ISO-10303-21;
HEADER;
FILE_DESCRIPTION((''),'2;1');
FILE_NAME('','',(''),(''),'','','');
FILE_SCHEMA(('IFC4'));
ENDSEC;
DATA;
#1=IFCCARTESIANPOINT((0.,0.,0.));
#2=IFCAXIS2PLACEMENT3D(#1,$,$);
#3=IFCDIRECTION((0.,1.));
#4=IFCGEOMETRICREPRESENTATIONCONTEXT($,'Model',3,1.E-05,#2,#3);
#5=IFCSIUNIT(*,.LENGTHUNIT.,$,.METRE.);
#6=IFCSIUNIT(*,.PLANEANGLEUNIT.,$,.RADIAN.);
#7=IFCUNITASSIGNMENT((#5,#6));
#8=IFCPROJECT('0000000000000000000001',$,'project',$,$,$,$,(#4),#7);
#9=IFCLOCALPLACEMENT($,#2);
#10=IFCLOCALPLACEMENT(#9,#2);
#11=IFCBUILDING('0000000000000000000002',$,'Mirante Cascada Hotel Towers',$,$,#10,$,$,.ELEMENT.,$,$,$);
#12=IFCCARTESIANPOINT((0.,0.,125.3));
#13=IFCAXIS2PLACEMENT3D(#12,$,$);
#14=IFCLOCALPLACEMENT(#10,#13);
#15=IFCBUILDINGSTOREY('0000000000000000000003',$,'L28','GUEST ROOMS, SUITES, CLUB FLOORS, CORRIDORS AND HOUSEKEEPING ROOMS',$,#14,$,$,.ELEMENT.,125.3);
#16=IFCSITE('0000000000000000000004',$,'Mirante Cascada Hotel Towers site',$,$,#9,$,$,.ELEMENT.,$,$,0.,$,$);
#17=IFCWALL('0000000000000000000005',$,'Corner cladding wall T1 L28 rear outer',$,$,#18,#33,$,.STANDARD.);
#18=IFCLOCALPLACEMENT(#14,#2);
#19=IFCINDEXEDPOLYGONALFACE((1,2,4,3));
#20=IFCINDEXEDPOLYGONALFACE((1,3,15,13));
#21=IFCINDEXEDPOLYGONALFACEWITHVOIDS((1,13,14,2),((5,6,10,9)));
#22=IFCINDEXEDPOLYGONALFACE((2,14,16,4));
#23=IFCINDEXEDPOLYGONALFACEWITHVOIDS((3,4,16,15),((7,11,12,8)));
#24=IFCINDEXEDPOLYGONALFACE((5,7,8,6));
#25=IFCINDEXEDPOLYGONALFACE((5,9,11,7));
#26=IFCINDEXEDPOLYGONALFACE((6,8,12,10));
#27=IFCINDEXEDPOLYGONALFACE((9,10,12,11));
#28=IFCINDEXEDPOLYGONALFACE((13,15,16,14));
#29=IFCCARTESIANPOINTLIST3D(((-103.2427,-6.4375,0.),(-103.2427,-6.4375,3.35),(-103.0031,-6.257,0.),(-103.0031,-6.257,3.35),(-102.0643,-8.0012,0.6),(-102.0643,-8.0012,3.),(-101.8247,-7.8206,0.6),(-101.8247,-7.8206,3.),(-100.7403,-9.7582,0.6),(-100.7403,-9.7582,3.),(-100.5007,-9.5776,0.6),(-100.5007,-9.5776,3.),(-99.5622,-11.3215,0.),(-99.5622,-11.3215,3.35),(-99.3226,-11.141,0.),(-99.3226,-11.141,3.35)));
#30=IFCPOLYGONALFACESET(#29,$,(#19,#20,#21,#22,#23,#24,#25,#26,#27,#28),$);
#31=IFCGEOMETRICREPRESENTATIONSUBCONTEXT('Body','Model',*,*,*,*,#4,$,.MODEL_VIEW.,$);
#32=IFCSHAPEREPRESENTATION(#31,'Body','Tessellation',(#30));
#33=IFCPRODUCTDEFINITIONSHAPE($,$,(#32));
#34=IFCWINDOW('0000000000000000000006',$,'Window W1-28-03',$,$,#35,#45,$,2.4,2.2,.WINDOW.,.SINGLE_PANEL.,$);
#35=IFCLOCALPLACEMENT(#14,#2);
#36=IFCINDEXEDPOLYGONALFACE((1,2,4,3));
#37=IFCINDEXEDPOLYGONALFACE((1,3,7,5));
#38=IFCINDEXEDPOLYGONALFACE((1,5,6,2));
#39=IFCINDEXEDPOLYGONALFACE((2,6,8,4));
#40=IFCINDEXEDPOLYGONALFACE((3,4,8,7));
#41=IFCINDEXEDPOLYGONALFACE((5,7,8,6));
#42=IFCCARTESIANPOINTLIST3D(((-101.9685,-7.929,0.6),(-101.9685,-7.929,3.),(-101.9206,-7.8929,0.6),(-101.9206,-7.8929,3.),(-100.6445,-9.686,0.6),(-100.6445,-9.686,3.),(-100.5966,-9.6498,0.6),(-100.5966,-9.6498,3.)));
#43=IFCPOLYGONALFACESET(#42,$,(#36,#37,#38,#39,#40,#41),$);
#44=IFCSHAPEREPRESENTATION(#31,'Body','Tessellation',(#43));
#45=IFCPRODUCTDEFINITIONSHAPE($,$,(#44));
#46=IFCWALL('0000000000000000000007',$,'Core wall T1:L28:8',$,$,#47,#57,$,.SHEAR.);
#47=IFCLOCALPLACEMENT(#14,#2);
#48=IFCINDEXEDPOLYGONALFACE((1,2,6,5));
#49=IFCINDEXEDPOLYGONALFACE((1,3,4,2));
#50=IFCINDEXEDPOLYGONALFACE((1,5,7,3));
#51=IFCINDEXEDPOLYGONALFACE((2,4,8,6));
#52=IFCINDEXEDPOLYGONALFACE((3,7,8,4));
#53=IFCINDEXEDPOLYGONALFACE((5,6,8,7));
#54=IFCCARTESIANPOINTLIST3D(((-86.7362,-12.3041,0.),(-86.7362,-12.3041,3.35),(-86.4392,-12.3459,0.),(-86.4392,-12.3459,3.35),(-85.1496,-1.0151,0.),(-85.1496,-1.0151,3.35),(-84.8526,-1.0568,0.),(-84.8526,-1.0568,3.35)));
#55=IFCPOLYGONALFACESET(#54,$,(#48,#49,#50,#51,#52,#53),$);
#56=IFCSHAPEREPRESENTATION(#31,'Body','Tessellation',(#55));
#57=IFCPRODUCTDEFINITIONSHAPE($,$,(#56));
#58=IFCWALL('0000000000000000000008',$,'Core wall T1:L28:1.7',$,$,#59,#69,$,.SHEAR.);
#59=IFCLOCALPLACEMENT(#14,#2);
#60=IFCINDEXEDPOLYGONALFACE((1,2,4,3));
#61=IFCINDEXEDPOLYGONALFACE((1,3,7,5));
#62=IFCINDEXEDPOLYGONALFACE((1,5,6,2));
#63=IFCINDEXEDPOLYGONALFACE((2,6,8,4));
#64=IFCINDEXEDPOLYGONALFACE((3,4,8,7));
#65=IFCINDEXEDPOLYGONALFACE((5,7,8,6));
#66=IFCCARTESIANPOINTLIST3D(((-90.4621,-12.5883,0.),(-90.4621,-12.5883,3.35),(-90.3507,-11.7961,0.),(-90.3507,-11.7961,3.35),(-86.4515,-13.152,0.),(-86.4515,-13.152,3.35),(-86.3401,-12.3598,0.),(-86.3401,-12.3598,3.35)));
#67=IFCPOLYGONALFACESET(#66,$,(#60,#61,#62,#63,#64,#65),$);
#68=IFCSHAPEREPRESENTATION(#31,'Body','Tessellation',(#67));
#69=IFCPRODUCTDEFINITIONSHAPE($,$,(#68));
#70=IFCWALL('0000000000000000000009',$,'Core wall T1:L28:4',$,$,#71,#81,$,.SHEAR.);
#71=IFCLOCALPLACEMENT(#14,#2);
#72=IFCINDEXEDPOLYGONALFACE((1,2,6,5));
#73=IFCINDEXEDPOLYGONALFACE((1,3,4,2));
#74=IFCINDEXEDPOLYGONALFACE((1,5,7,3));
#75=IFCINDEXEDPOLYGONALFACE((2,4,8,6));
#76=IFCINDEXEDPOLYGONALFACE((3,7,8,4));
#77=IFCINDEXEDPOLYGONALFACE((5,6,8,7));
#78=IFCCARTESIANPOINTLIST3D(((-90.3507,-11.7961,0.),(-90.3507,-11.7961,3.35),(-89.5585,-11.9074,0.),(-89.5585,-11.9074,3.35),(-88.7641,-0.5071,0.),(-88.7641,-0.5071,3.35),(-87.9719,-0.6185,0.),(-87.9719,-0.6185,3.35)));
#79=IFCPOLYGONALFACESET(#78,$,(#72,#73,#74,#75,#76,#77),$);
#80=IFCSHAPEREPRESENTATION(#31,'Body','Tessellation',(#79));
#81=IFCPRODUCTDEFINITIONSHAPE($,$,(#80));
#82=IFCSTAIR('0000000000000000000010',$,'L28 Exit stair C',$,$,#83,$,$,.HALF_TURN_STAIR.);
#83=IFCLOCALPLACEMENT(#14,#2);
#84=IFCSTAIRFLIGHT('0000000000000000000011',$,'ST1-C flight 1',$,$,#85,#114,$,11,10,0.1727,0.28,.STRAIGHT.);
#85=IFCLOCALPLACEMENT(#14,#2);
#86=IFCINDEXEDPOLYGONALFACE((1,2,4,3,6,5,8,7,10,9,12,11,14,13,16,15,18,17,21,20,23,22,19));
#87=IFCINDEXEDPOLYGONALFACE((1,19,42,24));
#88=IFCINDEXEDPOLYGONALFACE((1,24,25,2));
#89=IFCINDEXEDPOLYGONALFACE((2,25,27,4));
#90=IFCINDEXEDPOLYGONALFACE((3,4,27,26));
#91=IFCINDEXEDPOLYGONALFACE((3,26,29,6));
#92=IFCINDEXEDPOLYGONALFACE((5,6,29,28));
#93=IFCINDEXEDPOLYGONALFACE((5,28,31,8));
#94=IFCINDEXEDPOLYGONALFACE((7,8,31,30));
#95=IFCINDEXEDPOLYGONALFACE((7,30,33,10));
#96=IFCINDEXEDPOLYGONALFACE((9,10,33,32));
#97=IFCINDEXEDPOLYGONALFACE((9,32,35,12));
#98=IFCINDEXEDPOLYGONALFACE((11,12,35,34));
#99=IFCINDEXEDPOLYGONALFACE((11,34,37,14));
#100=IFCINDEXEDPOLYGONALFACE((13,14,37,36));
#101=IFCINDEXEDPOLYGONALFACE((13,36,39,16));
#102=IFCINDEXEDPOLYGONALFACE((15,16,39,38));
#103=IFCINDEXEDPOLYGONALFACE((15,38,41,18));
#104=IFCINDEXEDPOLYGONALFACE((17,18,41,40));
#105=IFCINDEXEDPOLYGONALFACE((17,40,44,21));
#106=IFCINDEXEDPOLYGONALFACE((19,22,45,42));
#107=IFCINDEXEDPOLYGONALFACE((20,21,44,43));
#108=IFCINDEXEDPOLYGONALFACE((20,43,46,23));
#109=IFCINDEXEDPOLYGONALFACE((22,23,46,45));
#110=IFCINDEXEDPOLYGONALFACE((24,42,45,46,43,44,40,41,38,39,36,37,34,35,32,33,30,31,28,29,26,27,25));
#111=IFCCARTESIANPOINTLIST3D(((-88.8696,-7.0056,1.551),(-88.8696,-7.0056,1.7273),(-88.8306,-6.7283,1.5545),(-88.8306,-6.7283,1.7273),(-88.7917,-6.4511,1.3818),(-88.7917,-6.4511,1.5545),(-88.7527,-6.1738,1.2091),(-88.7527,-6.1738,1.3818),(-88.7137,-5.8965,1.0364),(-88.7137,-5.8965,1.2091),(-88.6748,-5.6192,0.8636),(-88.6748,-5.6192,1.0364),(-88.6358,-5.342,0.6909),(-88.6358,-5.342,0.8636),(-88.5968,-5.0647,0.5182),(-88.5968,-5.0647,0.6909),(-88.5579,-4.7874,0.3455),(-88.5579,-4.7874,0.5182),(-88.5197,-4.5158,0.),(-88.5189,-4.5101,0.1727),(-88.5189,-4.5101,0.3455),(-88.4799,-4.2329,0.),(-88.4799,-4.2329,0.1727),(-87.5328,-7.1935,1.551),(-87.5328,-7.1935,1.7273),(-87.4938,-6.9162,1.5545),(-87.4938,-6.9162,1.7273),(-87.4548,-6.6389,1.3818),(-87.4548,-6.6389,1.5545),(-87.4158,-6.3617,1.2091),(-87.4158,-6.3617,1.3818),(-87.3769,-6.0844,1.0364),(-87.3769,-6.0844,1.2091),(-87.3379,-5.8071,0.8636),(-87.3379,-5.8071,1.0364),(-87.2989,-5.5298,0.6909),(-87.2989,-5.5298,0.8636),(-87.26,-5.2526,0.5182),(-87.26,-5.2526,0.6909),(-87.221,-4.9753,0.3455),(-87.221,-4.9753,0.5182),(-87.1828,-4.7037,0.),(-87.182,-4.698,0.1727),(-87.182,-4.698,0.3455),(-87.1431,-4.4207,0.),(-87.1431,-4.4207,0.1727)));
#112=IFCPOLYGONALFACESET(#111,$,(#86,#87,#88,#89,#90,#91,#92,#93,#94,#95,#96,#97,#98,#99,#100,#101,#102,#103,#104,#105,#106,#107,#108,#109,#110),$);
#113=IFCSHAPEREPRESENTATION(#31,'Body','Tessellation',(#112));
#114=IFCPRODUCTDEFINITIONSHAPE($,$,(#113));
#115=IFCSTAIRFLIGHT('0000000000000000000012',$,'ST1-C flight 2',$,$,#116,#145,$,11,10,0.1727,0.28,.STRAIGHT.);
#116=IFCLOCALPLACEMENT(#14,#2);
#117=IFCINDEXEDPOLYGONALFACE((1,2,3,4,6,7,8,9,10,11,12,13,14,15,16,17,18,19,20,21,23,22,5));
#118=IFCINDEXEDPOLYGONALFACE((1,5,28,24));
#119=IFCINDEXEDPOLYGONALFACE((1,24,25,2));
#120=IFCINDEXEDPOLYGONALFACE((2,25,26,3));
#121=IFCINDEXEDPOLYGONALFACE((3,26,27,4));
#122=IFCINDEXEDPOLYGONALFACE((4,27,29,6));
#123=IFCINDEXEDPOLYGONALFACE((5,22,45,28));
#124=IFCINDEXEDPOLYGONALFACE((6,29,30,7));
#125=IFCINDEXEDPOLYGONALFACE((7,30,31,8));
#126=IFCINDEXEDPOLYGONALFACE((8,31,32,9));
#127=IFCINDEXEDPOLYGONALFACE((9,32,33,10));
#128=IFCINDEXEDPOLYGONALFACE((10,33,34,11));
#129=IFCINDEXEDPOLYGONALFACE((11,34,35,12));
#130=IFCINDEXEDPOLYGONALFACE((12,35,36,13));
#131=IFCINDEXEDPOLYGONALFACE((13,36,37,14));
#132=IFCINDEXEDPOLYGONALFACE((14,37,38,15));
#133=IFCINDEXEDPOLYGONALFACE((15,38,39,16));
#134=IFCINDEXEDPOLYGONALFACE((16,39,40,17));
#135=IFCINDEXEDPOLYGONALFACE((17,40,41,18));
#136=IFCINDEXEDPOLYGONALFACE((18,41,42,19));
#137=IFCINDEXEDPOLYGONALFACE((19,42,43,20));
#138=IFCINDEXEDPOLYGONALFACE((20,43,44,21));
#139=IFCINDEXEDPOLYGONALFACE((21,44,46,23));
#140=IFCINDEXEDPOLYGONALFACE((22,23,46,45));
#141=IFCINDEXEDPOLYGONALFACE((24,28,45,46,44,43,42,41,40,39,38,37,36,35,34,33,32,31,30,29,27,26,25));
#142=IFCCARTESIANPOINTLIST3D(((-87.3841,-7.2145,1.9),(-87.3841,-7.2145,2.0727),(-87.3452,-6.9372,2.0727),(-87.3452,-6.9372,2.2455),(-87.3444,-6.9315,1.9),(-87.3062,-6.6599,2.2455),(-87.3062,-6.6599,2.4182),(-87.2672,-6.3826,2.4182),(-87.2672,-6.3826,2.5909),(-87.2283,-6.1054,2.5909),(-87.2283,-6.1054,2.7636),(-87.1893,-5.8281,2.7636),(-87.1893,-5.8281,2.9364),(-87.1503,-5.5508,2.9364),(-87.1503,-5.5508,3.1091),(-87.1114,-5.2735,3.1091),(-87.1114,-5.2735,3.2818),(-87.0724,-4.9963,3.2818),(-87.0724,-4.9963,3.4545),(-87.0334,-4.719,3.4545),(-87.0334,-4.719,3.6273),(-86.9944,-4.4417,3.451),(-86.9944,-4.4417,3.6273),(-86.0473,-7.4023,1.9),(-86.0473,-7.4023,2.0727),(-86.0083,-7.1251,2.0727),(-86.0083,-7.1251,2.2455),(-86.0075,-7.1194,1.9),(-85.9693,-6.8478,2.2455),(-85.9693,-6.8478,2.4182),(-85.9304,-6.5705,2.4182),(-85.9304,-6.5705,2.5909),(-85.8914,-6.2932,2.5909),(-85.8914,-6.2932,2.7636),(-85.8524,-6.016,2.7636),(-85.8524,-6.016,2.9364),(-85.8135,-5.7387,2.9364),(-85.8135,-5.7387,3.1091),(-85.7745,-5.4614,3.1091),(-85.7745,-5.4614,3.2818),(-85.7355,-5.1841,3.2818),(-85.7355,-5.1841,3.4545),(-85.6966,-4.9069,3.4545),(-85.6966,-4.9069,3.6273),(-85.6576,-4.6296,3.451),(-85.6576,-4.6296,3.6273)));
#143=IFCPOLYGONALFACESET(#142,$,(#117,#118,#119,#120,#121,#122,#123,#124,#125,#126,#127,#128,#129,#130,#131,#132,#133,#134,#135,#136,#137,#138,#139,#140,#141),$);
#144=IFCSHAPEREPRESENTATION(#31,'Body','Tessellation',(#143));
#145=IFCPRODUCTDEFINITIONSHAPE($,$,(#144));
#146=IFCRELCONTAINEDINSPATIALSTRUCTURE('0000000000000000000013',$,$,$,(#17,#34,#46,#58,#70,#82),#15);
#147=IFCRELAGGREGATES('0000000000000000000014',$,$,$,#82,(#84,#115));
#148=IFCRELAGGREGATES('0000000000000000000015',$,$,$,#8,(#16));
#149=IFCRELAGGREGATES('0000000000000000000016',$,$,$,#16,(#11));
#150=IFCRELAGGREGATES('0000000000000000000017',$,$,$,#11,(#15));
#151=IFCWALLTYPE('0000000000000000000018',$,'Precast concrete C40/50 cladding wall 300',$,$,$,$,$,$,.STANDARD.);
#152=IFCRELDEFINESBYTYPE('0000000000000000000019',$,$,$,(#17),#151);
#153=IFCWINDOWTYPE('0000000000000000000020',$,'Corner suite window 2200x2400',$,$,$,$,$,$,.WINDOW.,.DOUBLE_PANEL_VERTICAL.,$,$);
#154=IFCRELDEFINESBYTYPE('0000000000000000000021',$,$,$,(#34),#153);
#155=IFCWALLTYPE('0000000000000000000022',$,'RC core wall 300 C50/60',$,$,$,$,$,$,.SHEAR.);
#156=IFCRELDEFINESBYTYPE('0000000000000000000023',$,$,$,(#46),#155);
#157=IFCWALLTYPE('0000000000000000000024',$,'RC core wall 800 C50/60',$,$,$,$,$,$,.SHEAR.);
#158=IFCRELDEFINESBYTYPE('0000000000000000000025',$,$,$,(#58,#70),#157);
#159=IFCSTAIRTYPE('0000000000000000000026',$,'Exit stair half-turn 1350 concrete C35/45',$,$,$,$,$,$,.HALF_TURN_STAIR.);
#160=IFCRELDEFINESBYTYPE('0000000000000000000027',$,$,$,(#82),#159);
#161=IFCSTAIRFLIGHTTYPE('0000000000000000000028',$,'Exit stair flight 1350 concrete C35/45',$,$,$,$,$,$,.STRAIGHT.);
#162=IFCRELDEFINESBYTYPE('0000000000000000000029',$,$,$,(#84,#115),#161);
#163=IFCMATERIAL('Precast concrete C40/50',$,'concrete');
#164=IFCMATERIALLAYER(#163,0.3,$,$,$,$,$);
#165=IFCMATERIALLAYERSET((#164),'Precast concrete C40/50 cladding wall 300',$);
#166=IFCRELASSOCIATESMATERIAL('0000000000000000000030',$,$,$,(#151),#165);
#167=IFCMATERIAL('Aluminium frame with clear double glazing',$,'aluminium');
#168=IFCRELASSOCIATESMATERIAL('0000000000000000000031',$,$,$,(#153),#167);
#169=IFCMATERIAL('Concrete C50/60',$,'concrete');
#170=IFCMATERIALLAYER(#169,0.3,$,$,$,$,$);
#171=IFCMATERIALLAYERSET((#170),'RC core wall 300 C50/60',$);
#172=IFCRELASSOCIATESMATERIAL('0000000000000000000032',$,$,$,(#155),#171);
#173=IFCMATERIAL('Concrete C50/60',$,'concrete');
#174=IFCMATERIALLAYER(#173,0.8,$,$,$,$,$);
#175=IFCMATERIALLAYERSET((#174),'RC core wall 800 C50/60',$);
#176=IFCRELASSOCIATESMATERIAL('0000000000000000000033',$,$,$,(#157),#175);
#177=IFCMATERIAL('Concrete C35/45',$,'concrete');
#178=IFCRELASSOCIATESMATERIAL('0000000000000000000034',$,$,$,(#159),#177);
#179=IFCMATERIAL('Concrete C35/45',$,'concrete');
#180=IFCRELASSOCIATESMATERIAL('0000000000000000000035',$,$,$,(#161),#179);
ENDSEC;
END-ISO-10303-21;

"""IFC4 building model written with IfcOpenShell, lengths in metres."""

from ifc_helpers import new_model, si_unit, direction, frame, frame_2d, origin, place, context, subcontext, project, spatial, polyline, rectangle, outline, extrude, material, layer, layer_set, type_object, element, fill, aggregate, save


model = new_model("IFC4")

# Units and contexts
model_context = context("Model", 3, precision=1e-05, world=origin(), true_north=direction((0.0, 1.0)))
body_context = subcontext(model_context, "Body", "Model", "MODEL_VIEW")
ifc_project = project(units=[si_unit("LENGTHUNIT", "METRE"), si_unit("PLANEANGLEUNIT", "RADIAN")], contexts=[model_context])

# Site, building, storey
site_placement = place(None, origin())
site = spatial("IfcSite", under=ifc_project, at=site_placement, Name="Mirante Cascada Hotel Towers site", CompositionType="ELEMENT", RefElevation=0.0)
building_placement = place(site_placement, origin())
building = spatial("IfcBuilding", under=site, at=building_placement, Name="Mirante Cascada Hotel Towers", CompositionType="ELEMENT")
storey_placement = place(building_placement, frame((0.0, 0.0, 125.3)))
storey = spatial("IfcBuildingStorey", under=building, at=storey_placement, Name="L28", Description="GUEST ROOMS, SUITES, CLUB FLOORS, CORRIDORS AND HOUSEKEEPING ROOMS", CompositionType="ELEMENT", Elevation=125.3)

# Shared definitions
ifc_material_1 = material(Name="Precast concrete C40/50", Category="concrete")
ifc_layer_1 = layer(ifc_material_1, 0.3)
ifc_layer_set_1 = layer_set([ifc_layer_1], Name="Precast concrete C40/50 cladding wall 300")
wall_type_1 = type_object("IfcWallType", Name="Precast concrete C40/50 cladding wall 300", PredefinedType="STANDARD", material=ifc_layer_set_1)

# Wall, opening, window
wall_1_placement = place(storey_placement, frame((-99.4424, -11.2313, 0.0), z_axis=(0.0, 0.0, 1.0), x_axis=(-0.601819, 0.798632, 0.0)))
wall_1 = element("IfcWall", 1, at=wall_1_placement, inside=storey, type_object=wall_type_1, Name="Corner cladding wall T1 L28 rear outer", PredefinedType="STANDARD", context=body_context, shape_type="SweptSolid", body=[
    extrude(rectangle(XDim=6.1155, YDim=0.3, at=frame_2d((3.0578, 0.0))), origin(), (0.0, 0.0, 1.0), 3.35),
])
opening_1_placement = place(wall_1_placement, frame((1.9576, 0.0, 0.6)))
opening_1 = element("IfcOpeningElement", 2, at=opening_1_placement, cuts=wall_1, PredefinedType="OPENING", context=body_context, shape_type="SweptSolid", body=[
    extrude(rectangle(XDim=2.2, YDim=2.4, at=frame_2d((1.1, 1.2))), frame((0.0, 0.15, 0.0), z_axis=(0.0, -1.0, 0.0), x_axis=(1.0, 0.0, 0.0)), (0.0, 0.0, 1.0), 0.3),
])
ifc_material_2 = material(Name="Aluminium frame with clear double glazing", Category="aluminium")
window_type_1 = type_object("IfcWindowType", Name="Corner suite window 2200x2400", PartitioningType="DOUBLE_PANEL_VERTICAL", PredefinedType="WINDOW", material=ifc_material_2)
window_1_placement = place(opening_1_placement, origin())
window_1 = element("IfcWindow", 3, at=window_1_placement, inside=storey, type_object=window_type_1, Name="Window W1-28-03", OverallHeight=2.4, OverallWidth=2.2, PartitioningType="SINGLE_PANEL", PredefinedType="WINDOW", context=body_context, shape_type="SweptSolid", body=[
    extrude(rectangle(XDim=2.2, YDim=2.4, at=frame_2d((1.1, 1.2))), frame((0.0, 0.03, 0.0), z_axis=(0.0, -1.0, 0.0), x_axis=(1.0, 0.0, 0.0)), (0.0, 0.0, 1.0), 0.06),
])
fill(opening_1, window_1)

# Walls
ifc_material_3 = material(Name="Concrete C50/60", Category="concrete")
ifc_layer_2 = layer(ifc_material_3, 0.3)
ifc_layer_set_2 = layer_set([ifc_layer_2], Name="RC core wall 300 C50/60")
wall_type_2 = type_object("IfcWallType", Name="RC core wall 300 C50/60", PredefinedType="SHEAR", material=ifc_layer_set_2)
wall_2_placement = place(storey_placement, frame((-86.5877, -12.325, 0.0), z_axis=(0.0, 0.0, 1.0), x_axis=(0.139175, 0.990268, 0.0)))
element("IfcWall", 4, at=wall_2_placement, inside=storey, type_object=wall_type_2, Name="Core wall T1:L28:8", PredefinedType="SHEAR", context=body_context, shape_type="SweptSolid", body=[
    extrude(rectangle(XDim=11.4, YDim=0.3, at=frame_2d((5.7, 0.0))), origin(), (0.0, 0.0, 1.0), 3.35),
])
ifc_material_4 = material(Name="Concrete C50/60", Category="concrete")
ifc_layer_3 = layer(ifc_material_4, 0.8)
ifc_layer_set_3 = layer_set([ifc_layer_3], Name="RC core wall 800 C50/60")
wall_type_3 = type_object("IfcWallType", Name="RC core wall 800 C50/60", PredefinedType="SHEAR", material=ifc_layer_set_3)
wall_3_placement = place(storey_placement, frame((-86.3958, -12.7559, 0.0), z_axis=(0.0, 0.0, 1.0), x_axis=(-0.990267, 0.139184, 0.0)))
element("IfcWall", 5, at=wall_3_placement, inside=storey, type_object=wall_type_3, Name="Core wall T1:L28:1.7", PredefinedType="SHEAR", context=body_context, shape_type="SweptSolid", body=[
    extrude(rectangle(XDim=4.05, YDim=0.8, at=frame_2d((2.025, 0.0))), origin(), (0.0, 0.0, 1.0), 3.35),
])
wall_4_placement = place(storey_placement, frame((-89.9546, -11.8518, 0.0), z_axis=(0.0, 0.0, 1.0), x_axis=(0.139176, 0.990268, 0.0)))
element("IfcWall", 6, at=wall_4_placement, inside=storey, type_object=wall_type_3, Name="Core wall T1:L28:4", PredefinedType="SHEAR", context=body_context, shape_type="SweptSolid", body=[
    extrude(rectangle(XDim=11.3999, YDim=0.8, at=frame_2d((5.7, 0.0))), origin(), (0.0, 0.0, 1.0), 3.35),
])

# Stair, stair flights
ifc_material_5 = material(Name="Concrete C35/45", Category="concrete")
stair_type = type_object("IfcStairType", Name="Exit stair half-turn 1350 concrete C35/45", PredefinedType="HALF_TURN_STAIR", material=ifc_material_5)
stair_placement = place(storey_placement, origin())
stair = element("IfcStair", 7, at=stair_placement, inside=storey, type_object=stair_type, Name="L28 Exit stair C", PredefinedType="HALF_TURN_STAIR")
ifc_material_6 = material(Name="Concrete C35/45", Category="concrete")
stair_flight_type = type_object("IfcStairFlightType", Name="Exit stair flight 1350 concrete C35/45", PredefinedType="STRAIGHT", material=ifc_material_6)
stair_flight_1_placement = place(storey_placement, frame((-87.8115, -4.3268, 0.0), z_axis=(0.0, 0.0, 1.0), x_axis=(-0.139173, -0.990268, 0.0)))
stair_flight_1 = element("IfcStairFlight", 8, at=stair_flight_1_placement, type_object=stair_flight_type, Name="ST1-C flight 1", NumberOfRisers=11, NumberOfTreads=10, PredefinedType="STRAIGHT", RiserHeight=0.1727, TreadLength=0.28, context=body_context, shape_type="SweptSolid", body=[
    extrude(outline(polyline([(0.0, 0.0), (0.0, 0.1727), (0.28, 0.1727), (0.28, 0.3455), (0.56, 0.3455), (0.56, 0.5182), (0.84, 0.5182), (0.84, 0.6909), (1.12, 0.6909), (1.12, 0.8636), (1.4, 0.8636), (1.4, 1.0364), (1.68, 1.0364), (1.68, 1.2091), (1.96, 1.2091), (1.96, 1.3818), (2.24, 1.3818), (2.24, 1.5545), (2.52, 1.5545), (2.52, 1.7273), (2.8, 1.7273), (2.8, 1.9), (2.8, 1.551), (0.2857, 0.0), (0.0, 0.0)])), frame((0.0, 0.675, 0.0), z_axis=(0.0, -1.0, 0.0), x_axis=(1.0, 0.0, 0.0)), (0.0, 0.0, 1.0), 1.35),
])
stair_flight_2_placement = place(storey_placement, frame((-86.7157, -7.3084, 1.9), z_axis=(0.0, 0.0, 1.0), x_axis=(0.139173, 0.990268, 0.0)))
stair_flight_2 = element("IfcStairFlight", 9, at=stair_flight_2_placement, type_object=stair_flight_type, Name="ST1-C flight 2", NumberOfRisers=11, NumberOfTreads=10, PredefinedType="STRAIGHT", RiserHeight=0.1727, TreadLength=0.28, context=body_context, shape_type="SweptSolid", body=[
    extrude(outline(polyline([(0.0, 0.0), (0.0, 0.1727), (0.28, 0.1727), (0.28, 0.3455), (0.56, 0.3455), (0.56, 0.5182), (0.84, 0.5182), (0.84, 0.6909), (1.12, 0.6909), (1.12, 0.8636), (1.4, 0.8636), (1.4, 1.0364), (1.68, 1.0364), (1.68, 1.2091), (1.96, 1.2091), (1.96, 1.3818), (2.24, 1.3818), (2.24, 1.5545), (2.52, 1.5545), (2.52, 1.7273), (2.8, 1.7273), (2.8, 1.9), (2.8, 1.551), (0.2857, 0.0), (0.0, 0.0)])), frame((0.0, 0.675, 0.0), z_axis=(0.0, -1.0, 0.0), x_axis=(1.0, 0.0, 0.0)), (0.0, 0.0, 1.0), 1.35),
])
aggregate(stair, [stair_flight_1, stair_flight_2])

save(model, "model.ifc")
